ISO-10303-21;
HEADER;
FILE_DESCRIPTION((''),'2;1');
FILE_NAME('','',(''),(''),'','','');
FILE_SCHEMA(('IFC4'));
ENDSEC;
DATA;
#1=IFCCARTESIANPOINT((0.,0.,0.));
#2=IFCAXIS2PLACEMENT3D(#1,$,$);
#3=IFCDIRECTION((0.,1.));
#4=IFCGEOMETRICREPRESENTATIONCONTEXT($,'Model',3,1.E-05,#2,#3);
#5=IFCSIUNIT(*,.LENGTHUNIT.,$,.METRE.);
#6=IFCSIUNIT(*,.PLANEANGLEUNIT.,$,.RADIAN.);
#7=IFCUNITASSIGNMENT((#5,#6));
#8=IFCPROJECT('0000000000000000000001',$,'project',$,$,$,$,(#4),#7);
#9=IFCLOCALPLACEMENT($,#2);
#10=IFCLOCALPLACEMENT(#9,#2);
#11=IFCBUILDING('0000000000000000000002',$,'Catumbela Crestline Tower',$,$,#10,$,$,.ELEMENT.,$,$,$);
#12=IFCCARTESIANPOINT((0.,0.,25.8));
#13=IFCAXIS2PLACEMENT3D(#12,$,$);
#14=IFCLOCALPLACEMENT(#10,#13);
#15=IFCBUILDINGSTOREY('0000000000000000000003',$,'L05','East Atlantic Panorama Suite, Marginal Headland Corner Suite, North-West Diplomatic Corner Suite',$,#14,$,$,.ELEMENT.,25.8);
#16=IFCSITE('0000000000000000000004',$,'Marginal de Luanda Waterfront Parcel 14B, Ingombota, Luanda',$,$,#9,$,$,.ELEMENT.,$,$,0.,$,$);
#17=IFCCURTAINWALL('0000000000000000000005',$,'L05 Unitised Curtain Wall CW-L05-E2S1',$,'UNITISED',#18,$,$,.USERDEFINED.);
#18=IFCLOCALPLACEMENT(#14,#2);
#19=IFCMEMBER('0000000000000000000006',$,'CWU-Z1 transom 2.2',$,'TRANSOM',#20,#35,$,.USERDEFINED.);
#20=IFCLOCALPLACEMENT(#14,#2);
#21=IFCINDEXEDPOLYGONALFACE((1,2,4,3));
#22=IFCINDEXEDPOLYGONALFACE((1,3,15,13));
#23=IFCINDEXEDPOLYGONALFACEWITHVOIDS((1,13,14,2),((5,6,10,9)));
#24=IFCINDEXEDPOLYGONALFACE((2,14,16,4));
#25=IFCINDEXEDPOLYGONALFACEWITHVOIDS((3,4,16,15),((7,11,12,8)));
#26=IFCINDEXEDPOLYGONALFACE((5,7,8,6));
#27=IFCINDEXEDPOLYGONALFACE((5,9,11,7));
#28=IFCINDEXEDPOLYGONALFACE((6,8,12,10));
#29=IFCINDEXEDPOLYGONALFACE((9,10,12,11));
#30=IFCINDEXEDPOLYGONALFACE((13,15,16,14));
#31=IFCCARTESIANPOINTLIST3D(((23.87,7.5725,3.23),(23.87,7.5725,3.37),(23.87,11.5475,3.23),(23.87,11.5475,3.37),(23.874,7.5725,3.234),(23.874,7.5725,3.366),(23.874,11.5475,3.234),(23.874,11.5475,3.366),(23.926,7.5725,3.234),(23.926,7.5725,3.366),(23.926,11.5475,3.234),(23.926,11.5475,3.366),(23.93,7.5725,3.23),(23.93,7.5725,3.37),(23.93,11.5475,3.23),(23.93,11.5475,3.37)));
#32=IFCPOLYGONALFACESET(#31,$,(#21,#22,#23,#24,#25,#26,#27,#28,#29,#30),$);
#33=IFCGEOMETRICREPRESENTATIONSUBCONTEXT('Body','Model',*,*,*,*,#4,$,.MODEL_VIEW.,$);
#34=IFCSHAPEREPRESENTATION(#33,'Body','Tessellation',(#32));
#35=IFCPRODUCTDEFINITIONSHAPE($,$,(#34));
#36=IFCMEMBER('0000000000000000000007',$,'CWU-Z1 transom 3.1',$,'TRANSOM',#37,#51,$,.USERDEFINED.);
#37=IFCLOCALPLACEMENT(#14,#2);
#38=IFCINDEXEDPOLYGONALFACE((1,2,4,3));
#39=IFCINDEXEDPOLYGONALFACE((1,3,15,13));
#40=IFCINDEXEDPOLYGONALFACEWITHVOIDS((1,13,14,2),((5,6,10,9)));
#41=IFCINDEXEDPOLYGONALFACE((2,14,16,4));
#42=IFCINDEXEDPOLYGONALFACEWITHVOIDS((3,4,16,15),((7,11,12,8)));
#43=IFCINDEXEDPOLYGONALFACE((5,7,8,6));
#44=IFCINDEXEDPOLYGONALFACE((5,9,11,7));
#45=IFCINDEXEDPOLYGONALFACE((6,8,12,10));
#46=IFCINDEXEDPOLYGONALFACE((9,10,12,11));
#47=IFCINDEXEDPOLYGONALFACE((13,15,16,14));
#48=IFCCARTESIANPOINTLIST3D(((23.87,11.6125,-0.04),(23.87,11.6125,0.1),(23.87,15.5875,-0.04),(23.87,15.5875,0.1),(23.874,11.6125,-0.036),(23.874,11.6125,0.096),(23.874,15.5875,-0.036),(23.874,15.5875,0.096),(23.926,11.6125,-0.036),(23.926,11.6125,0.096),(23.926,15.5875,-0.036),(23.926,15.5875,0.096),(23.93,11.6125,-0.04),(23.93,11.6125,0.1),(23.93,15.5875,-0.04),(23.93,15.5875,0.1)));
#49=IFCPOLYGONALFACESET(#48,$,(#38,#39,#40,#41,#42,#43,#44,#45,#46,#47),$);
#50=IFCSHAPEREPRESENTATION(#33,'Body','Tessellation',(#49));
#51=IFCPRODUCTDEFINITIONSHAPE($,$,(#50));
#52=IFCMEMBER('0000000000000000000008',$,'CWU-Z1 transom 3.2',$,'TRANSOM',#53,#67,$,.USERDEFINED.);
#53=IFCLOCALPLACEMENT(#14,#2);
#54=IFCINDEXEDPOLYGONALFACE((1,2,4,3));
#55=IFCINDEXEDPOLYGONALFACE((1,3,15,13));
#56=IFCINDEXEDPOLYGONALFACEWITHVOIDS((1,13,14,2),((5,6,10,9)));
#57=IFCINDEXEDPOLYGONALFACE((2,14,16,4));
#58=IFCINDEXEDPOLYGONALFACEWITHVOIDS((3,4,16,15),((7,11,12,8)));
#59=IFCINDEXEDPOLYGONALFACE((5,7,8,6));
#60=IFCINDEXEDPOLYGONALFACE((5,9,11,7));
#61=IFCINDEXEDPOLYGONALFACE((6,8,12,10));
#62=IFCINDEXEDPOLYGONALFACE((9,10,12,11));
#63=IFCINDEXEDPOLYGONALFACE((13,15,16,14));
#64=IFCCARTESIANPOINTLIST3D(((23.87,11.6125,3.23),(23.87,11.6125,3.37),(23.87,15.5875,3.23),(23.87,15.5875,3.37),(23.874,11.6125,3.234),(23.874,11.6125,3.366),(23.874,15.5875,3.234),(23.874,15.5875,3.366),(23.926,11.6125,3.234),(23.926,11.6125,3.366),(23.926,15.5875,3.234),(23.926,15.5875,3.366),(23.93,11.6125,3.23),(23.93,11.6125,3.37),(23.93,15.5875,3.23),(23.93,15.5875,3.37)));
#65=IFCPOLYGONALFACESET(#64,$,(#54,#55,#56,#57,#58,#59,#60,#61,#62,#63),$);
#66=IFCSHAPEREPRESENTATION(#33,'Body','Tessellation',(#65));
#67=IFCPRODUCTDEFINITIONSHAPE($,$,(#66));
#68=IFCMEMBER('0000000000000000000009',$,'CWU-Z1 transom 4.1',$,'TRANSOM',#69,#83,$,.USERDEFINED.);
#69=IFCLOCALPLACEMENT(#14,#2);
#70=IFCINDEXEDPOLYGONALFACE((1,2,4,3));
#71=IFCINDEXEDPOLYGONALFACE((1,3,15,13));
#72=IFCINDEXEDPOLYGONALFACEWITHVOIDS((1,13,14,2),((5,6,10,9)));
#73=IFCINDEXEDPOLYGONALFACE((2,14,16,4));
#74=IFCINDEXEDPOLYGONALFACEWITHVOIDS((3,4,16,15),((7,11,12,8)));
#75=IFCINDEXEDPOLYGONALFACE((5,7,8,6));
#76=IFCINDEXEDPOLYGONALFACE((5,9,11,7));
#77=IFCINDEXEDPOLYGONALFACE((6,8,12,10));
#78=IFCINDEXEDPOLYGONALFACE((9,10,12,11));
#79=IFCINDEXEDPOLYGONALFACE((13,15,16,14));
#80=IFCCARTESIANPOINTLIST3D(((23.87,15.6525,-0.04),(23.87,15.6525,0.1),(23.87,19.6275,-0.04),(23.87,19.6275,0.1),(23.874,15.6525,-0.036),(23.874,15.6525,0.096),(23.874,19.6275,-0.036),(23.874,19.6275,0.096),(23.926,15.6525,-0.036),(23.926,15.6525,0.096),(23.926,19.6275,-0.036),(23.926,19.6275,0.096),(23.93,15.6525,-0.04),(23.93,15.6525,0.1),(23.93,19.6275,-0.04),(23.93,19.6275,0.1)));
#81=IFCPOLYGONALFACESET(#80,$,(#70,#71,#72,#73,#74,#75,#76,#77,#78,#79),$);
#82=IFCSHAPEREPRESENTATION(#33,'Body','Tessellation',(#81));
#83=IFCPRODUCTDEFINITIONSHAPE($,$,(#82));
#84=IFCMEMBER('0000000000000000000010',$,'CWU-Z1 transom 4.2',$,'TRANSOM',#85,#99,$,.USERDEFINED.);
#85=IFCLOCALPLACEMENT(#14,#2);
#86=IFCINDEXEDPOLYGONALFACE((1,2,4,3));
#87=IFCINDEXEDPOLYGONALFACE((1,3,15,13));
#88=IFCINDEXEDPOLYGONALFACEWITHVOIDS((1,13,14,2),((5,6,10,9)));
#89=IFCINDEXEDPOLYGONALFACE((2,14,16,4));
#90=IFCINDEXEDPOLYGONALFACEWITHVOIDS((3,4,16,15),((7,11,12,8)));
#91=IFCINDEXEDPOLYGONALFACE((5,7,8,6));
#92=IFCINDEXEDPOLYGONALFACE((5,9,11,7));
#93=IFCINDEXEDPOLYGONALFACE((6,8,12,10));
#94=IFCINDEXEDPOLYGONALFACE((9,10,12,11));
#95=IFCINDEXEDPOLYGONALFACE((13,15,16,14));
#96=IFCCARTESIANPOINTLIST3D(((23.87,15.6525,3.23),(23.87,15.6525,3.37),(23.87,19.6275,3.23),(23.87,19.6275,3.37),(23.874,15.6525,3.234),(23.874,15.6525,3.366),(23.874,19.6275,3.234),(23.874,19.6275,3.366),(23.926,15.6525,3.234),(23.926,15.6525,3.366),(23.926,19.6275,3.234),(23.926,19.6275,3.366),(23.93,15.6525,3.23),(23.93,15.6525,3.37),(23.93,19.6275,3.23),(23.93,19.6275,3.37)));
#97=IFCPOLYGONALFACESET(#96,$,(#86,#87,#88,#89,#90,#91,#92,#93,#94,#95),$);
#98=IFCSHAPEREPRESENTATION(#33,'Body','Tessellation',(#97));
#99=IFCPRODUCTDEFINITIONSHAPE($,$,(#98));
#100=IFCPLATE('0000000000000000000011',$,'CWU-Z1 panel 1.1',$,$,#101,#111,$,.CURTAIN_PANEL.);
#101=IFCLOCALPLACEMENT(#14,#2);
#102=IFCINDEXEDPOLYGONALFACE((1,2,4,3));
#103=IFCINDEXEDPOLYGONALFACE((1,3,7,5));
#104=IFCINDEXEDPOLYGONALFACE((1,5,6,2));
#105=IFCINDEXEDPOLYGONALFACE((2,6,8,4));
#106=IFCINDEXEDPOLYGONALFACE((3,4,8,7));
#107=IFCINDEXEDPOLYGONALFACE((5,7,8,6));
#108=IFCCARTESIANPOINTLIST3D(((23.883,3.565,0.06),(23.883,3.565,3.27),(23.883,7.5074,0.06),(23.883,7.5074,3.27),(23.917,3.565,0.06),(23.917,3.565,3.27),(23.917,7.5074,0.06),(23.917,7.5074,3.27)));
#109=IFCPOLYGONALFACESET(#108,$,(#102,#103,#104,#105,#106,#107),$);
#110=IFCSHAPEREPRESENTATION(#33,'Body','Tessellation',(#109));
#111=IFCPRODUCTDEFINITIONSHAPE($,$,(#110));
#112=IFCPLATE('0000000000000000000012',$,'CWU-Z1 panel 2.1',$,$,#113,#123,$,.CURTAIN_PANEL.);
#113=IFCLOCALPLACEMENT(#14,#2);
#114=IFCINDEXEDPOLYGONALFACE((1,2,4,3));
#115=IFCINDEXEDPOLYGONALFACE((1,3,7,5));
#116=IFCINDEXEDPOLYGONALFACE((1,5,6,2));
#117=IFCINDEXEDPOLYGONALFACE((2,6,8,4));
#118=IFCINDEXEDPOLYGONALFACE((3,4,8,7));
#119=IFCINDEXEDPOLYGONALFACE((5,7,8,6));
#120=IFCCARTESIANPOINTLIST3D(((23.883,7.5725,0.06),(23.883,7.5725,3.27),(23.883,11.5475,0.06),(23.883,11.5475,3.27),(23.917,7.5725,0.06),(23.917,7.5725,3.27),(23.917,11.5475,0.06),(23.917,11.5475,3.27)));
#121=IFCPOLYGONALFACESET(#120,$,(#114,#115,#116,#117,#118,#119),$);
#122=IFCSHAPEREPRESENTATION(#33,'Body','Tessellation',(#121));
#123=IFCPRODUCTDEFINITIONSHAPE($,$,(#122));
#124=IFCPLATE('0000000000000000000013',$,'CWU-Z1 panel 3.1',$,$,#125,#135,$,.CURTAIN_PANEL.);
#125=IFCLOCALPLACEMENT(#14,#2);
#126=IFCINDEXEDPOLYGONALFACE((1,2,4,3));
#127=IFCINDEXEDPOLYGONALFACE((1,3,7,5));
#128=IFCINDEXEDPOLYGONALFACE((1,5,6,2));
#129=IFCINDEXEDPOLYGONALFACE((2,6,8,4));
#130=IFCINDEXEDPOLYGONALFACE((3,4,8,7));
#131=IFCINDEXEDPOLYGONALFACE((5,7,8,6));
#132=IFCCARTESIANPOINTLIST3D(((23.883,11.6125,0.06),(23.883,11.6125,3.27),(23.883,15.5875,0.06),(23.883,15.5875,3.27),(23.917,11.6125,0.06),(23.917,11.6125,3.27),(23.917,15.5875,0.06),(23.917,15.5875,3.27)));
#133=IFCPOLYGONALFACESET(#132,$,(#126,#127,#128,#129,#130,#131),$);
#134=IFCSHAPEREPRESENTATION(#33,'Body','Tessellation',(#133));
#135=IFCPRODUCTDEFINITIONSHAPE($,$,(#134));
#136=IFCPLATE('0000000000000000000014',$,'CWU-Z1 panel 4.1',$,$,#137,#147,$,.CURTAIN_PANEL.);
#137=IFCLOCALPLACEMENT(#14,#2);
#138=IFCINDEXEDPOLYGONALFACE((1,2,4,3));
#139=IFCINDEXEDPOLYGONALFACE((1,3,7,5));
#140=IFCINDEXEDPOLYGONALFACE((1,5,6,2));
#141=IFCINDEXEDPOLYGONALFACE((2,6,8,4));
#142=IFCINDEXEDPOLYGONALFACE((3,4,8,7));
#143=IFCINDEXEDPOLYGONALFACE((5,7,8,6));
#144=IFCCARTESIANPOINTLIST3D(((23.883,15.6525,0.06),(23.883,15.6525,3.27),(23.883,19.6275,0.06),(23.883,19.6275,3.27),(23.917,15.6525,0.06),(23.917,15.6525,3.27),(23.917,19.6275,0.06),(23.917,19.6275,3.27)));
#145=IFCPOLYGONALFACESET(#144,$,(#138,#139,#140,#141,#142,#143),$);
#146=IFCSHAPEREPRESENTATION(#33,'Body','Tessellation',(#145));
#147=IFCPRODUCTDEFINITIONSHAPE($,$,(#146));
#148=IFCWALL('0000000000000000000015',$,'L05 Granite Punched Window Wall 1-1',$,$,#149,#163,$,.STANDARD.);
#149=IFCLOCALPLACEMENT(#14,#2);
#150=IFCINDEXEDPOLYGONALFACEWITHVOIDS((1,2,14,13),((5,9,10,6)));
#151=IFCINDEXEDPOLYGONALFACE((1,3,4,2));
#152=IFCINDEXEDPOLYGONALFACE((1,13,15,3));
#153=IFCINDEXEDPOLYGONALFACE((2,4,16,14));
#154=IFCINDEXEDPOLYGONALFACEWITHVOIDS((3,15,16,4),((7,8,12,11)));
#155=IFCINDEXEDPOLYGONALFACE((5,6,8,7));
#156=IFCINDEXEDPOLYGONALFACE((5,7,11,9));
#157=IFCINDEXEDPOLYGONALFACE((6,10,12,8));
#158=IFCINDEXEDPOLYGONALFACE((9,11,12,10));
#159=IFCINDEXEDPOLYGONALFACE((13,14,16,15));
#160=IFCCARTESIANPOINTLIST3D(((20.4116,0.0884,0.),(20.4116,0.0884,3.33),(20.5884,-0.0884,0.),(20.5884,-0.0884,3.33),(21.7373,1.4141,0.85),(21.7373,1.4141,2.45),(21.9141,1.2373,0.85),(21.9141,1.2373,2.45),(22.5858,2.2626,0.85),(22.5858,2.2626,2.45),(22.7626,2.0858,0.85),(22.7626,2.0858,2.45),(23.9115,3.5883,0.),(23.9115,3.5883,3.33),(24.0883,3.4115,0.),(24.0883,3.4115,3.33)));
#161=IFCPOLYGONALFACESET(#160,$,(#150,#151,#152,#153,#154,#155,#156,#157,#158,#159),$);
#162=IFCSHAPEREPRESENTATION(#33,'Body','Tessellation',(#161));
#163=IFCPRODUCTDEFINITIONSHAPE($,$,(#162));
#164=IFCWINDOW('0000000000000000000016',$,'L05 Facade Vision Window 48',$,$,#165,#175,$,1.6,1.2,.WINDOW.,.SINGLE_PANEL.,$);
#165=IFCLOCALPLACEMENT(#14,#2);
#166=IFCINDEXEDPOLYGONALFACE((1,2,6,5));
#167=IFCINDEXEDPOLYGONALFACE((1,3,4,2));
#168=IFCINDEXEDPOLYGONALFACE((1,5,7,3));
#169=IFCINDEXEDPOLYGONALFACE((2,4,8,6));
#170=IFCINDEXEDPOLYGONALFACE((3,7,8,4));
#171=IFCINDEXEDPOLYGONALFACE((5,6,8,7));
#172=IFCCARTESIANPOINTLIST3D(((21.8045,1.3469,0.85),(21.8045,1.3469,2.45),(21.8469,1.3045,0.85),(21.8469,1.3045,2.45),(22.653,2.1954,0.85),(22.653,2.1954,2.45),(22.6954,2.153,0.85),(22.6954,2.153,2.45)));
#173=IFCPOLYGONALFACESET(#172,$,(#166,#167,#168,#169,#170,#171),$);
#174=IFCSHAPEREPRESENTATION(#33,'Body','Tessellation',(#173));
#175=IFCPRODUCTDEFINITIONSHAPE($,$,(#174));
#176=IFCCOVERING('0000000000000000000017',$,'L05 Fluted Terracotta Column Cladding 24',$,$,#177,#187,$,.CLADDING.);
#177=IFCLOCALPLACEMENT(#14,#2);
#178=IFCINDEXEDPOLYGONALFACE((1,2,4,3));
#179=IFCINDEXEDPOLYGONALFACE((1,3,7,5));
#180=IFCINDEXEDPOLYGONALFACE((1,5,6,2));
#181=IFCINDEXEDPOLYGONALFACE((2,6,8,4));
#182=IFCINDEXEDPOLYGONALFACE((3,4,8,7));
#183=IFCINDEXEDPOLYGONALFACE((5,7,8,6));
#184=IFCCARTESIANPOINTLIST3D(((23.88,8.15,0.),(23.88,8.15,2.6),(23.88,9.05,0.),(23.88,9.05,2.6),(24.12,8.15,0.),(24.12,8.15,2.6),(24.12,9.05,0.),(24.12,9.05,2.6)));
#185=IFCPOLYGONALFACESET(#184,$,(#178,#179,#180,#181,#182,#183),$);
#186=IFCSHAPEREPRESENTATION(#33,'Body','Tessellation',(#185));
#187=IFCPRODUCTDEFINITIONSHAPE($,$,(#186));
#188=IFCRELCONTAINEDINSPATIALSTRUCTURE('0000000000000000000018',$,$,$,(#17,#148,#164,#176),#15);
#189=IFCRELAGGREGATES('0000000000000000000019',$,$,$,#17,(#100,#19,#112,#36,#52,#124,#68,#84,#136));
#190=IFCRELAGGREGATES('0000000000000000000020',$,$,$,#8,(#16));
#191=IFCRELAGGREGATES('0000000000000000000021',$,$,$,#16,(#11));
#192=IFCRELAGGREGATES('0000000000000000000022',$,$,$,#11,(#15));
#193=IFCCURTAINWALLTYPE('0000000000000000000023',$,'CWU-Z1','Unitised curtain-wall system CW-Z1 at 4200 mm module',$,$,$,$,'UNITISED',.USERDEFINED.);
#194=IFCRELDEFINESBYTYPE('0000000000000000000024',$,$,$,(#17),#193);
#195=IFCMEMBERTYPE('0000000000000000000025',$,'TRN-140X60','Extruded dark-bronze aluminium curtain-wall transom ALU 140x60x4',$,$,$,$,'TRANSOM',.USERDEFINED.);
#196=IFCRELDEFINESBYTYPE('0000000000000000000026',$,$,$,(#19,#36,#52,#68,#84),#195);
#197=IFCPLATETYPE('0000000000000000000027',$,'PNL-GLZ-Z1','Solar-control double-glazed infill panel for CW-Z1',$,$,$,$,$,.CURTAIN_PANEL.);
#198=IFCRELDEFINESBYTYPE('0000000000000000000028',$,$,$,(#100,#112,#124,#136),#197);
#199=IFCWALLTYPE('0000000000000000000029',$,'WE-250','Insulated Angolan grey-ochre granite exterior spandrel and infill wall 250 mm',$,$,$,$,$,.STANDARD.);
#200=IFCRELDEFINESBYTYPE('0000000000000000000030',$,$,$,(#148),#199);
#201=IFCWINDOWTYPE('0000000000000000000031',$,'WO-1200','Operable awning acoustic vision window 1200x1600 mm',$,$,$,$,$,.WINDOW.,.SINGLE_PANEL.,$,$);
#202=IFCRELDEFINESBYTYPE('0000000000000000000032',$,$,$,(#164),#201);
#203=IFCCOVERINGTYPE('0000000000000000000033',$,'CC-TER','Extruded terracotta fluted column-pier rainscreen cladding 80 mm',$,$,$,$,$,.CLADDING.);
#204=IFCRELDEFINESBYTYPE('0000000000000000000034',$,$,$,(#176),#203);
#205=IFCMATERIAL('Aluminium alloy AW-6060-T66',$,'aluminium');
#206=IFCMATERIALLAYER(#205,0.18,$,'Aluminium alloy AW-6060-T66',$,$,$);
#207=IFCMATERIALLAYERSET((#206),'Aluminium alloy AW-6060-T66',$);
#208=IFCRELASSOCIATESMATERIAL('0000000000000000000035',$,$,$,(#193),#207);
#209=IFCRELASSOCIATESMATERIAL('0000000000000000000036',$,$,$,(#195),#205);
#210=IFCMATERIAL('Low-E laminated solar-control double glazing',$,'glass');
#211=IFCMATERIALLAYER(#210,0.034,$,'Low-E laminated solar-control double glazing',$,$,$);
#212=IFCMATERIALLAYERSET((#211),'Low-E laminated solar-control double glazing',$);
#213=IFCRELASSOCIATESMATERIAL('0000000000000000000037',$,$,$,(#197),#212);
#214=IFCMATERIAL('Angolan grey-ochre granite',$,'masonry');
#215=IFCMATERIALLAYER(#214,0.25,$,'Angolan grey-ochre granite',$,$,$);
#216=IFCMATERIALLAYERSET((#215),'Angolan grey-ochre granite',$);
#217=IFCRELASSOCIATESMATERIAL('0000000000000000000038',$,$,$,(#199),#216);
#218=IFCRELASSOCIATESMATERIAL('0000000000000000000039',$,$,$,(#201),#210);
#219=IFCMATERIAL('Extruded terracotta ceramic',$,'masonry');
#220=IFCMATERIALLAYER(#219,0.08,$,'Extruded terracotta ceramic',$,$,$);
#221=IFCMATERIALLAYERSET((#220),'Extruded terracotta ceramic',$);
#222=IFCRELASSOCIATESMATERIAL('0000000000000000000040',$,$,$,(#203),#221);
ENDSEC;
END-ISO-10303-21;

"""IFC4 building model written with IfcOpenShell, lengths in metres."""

from ifc_helpers import new_model, si_unit, direction, frame, frame_2d, origin, origin_2d, place, context, subcontext, project, spatial, rectangle, hollow_rectangle, extrude, material, layer, layer_set, material_profile, profile_set, type_object, element, fill, aggregate, save


model = new_model("IFC4")

# Units and contexts
model_context = context("Model", 3, precision=1e-05, world=origin(), true_north=direction((0.0, 1.0)))
body_context = subcontext(model_context, "Body", "Model", "MODEL_VIEW")
ifc_project = project(units=[si_unit("LENGTHUNIT", "METRE"), si_unit("PLANEANGLEUNIT", "RADIAN")], contexts=[model_context])

# Site, building, storey
site_placement = place(None, origin())
site = spatial("IfcSite", under=ifc_project, at=site_placement, Name="Marginal de Luanda Waterfront Parcel 14B, Ingombota, Luanda", CompositionType="ELEMENT", RefElevation=0.0)
building_placement = place(site_placement, origin())
building = spatial("IfcBuilding", under=site, at=building_placement, Name="Catumbela Crestline Tower", CompositionType="ELEMENT")
storey_placement = place(building_placement, frame((0.0, 0.0, 25.8)))
storey = spatial("IfcBuildingStorey", under=building, at=storey_placement, Name="L05", Description="East Atlantic Panorama Suite, Marginal Headland Corner Suite, North-West Diplomatic Corner Suite", CompositionType="ELEMENT", Elevation=25.8)

# Shared definitions
ifc_material_1 = material(Name="Aluminium alloy AW-6060-T66", Category="aluminium")
ifc_layer_1 = layer(ifc_material_1, 0.18, Name="Aluminium alloy AW-6060-T66")
ifc_layer_set_1 = layer_set([ifc_layer_1], Name="Aluminium alloy AW-6060-T66")
curtain_wall_type = type_object("IfcCurtainWallType", Name="CWU-Z1", Description="Unitised curtain-wall system CW-Z1 at 4200 mm module", ElementType="UNITISED", PredefinedType="USERDEFINED", material=ifc_layer_set_1)

# Curtain wall
curtain_wall_1_placement = place(storey_placement, origin())
curtain_wall_1 = element("IfcCurtainWall", 1, at=curtain_wall_1_placement, inside=storey, type_object=curtain_wall_type, Name="L05 Unitised Curtain Wall CW-L05-E2S1", ObjectType="UNITISED", PredefinedType="USERDEFINED")

# Members
ifc_material_profile_1 = material_profile(ifc_material_1, hollow_rectangle(XDim=0.06, YDim=0.14, WallThickness=0.004, at=origin_2d()), Name="ALU 140x60x4")
ifc_profile_set_1 = profile_set([ifc_material_profile_1], Name="Aluminium alloy AW-6060-T66")
member_type_1 = type_object("IfcMemberType", Name="TRN-140X60", Description="Extruded dark-bronze aluminium curtain-wall transom ALU 140x60x4", ElementType="TRANSOM", PredefinedType="USERDEFINED", material=ifc_profile_set_1)
member_1_placement = place(storey_placement, frame((23.9, 7.5725, 3.3), z_axis=(0.0, 1.0, 0.0), x_axis=(-1.0, 0.0, 0.0)))
member_1 = element("IfcMember", 2, at=member_1_placement, type_object=member_type_1, Name="CWU-Z1 transom 2.2", ObjectType="TRANSOM", PredefinedType="USERDEFINED", context=body_context, shape_type="SweptSolid", body=[
    extrude(hollow_rectangle(XDim=0.06, YDim=0.14, WallThickness=0.004, at=origin_2d()), origin(), (0.0, 0.0, 1.0), 3.975),
])
member_2_placement = place(storey_placement, frame((23.9, 11.6125, 0.03), z_axis=(0.0, 1.0, 0.0), x_axis=(-1.0, 0.0, 0.0)))
member_2 = element("IfcMember", 3, at=member_2_placement, type_object=member_type_1, Name="CWU-Z1 transom 3.1", ObjectType="TRANSOM", PredefinedType="USERDEFINED", context=body_context, shape_type="SweptSolid", body=[
    extrude(hollow_rectangle(XDim=0.06, YDim=0.14, WallThickness=0.004, at=origin_2d()), origin(), (0.0, 0.0, 1.0), 3.975),
])
member_3_placement = place(storey_placement, frame((23.9, 11.6125, 3.3), z_axis=(0.0, 1.0, 0.0), x_axis=(-1.0, 0.0, 0.0)))
member_3 = element("IfcMember", 4, at=member_3_placement, type_object=member_type_1, Name="CWU-Z1 transom 3.2", ObjectType="TRANSOM", PredefinedType="USERDEFINED", context=body_context, shape_type="SweptSolid", body=[
    extrude(hollow_rectangle(XDim=0.06, YDim=0.14, WallThickness=0.004, at=origin_2d()), origin(), (0.0, 0.0, 1.0), 3.975),
])
member_4_placement = place(storey_placement, frame((23.9, 15.6525, 0.03), z_axis=(0.0, 1.0, 0.0), x_axis=(-1.0, 0.0, 0.0)))
member_4 = element("IfcMember", 5, at=member_4_placement, type_object=member_type_1, Name="CWU-Z1 transom 4.1", ObjectType="TRANSOM", PredefinedType="USERDEFINED", context=body_context, shape_type="SweptSolid", body=[
    extrude(hollow_rectangle(XDim=0.06, YDim=0.14, WallThickness=0.004, at=origin_2d()), origin(), (0.0, 0.0, 1.0), 3.975),
])
member_5_placement = place(storey_placement, frame((23.9, 15.6525, 3.3), z_axis=(0.0, 1.0, 0.0), x_axis=(-1.0, 0.0, 0.0)))
member_5 = element("IfcMember", 6, at=member_5_placement, type_object=member_type_1, Name="CWU-Z1 transom 4.2", ObjectType="TRANSOM", PredefinedType="USERDEFINED", context=body_context, shape_type="SweptSolid", body=[
    extrude(hollow_rectangle(XDim=0.06, YDim=0.14, WallThickness=0.004, at=origin_2d()), origin(), (0.0, 0.0, 1.0), 3.975),
])

# Plates
ifc_material_2 = material(Name="Low-E laminated solar-control double glazing", Category="glass")
ifc_layer_2 = layer(ifc_material_2, 0.034, Name="Low-E laminated solar-control double glazing")
ifc_layer_set_2 = layer_set([ifc_layer_2], Name="Low-E laminated solar-control double glazing")
plate_type = type_object("IfcPlateType", Name="PNL-GLZ-Z1", Description="Solar-control double-glazed infill panel for CW-Z1", PredefinedType="CURTAIN_PANEL", material=ifc_layer_set_2)
plate_1_placement = place(storey_placement, frame((23.9, 5.5362, 0.06), z_axis=(0.0, 0.0, 1.0), x_axis=(0.0, 1.0, 0.0)))
plate_1 = element("IfcPlate", 7, at=plate_1_placement, type_object=plate_type, Name="CWU-Z1 panel 1.1", PredefinedType="CURTAIN_PANEL", context=body_context, shape_type="SweptSolid", body=[
    extrude(rectangle(XDim=3.9425, YDim=0.034, at=origin_2d()), origin(), (0.0, 0.0, 1.0), 3.21),
])
plate_2_placement = place(storey_placement, frame((23.9, 9.56, 0.06), z_axis=(0.0, 0.0, 1.0), x_axis=(0.0, 1.0, 0.0)))
plate_2 = element("IfcPlate", 8, at=plate_2_placement, type_object=plate_type, Name="CWU-Z1 panel 2.1", PredefinedType="CURTAIN_PANEL", context=body_context, shape_type="SweptSolid", body=[
    extrude(rectangle(XDim=3.975, YDim=0.034, at=origin_2d()), origin(), (0.0, 0.0, 1.0), 3.21),
])
plate_3_placement = place(storey_placement, frame((23.9, 13.6, 0.06), z_axis=(0.0, 0.0, 1.0), x_axis=(0.0, 1.0, 0.0)))
plate_3 = element("IfcPlate", 9, at=plate_3_placement, type_object=plate_type, Name="CWU-Z1 panel 3.1", PredefinedType="CURTAIN_PANEL", context=body_context, shape_type="SweptSolid", body=[
    extrude(rectangle(XDim=3.975, YDim=0.034, at=origin_2d()), origin(), (0.0, 0.0, 1.0), 3.21),
])
plate_4_placement = place(storey_placement, frame((23.9, 17.64, 0.06), z_axis=(0.0, 0.0, 1.0), x_axis=(0.0, 1.0, 0.0)))
plate_4 = element("IfcPlate", 10, at=plate_4_placement, type_object=plate_type, Name="CWU-Z1 panel 4.1", PredefinedType="CURTAIN_PANEL", context=body_context, shape_type="SweptSolid", body=[
    extrude(rectangle(XDim=3.975, YDim=0.034, at=origin_2d()), origin(), (0.0, 0.0, 1.0), 3.21),
])
aggregate(curtain_wall_1, [plate_1, member_1, plate_2, member_2, member_3, plate_3, member_4, member_5, plate_4])

# Wall, opening, window
ifc_material_3 = material(Name="Angolan grey-ochre granite", Category="masonry")
ifc_layer_3 = layer(ifc_material_3, 0.25, Name="Angolan grey-ochre granite")
ifc_layer_set_3 = layer_set([ifc_layer_3], Name="Angolan grey-ochre granite")
wall_type = type_object("IfcWallType", Name="WE-250", Description="Insulated Angolan grey-ochre granite exterior spandrel and infill wall 250 mm", PredefinedType="STANDARD", material=ifc_layer_set_3)
wall_placement = place(storey_placement, frame((20.5, 0.0, 0.0), z_axis=(0.0, 0.0, 1.0), x_axis=(0.707107, 0.707107, 0.0)))
wall = element("IfcWall", 11, at=wall_placement, inside=storey, type_object=wall_type, Name="L05 Granite Punched Window Wall 1-1", PredefinedType="STANDARD", context=body_context, shape_type="SweptSolid", body=[
    extrude(rectangle(XDim=4.9497, YDim=0.25, at=frame_2d((2.4748, 0.0))), origin(), (0.0, 0.0, 1.0), 3.33),
])
opening_placement = place(wall_placement, frame((1.8748, 0.0, 0.85)))
opening = element("IfcOpeningElement", 12, at=opening_placement, cuts=wall, PredefinedType="OPENING", context=body_context, shape_type="SweptSolid", body=[
    extrude(rectangle(XDim=1.2, YDim=1.6, at=frame_2d((0.6, 0.8))), frame((0.0, 0.135, 0.0), z_axis=(0.0, -1.0, 0.0), x_axis=(1.0, 0.0, 0.0)), (0.0, 0.0, 1.0), 0.27),
])
window_type = type_object("IfcWindowType", Name="WO-1200", Description="Operable awning acoustic vision window 1200x1600 mm", PartitioningType="SINGLE_PANEL", PredefinedType="WINDOW", material=ifc_material_2)
window_placement = place(opening_placement, origin())
window = element("IfcWindow", 13, at=window_placement, inside=storey, type_object=window_type, Name="L05 Facade Vision Window 48", OverallHeight=1.6, OverallWidth=1.2, PartitioningType="SINGLE_PANEL", PredefinedType="WINDOW", context=body_context, shape_type="SweptSolid", body=[
    extrude(rectangle(XDim=1.2, YDim=1.6, at=frame_2d((0.6, 0.8))), frame((0.0, 0.03, 0.0), z_axis=(0.0, -1.0, 0.0), x_axis=(1.0, 0.0, 0.0)), (0.0, 0.0, 1.0), 0.06),
])
fill(opening, window)

# Covering
ifc_material_4 = material(Name="Extruded terracotta ceramic", Category="masonry")
ifc_layer_4 = layer(ifc_material_4, 0.08, Name="Extruded terracotta ceramic")
ifc_layer_set_4 = layer_set([ifc_layer_4], Name="Extruded terracotta ceramic")
covering_type = type_object("IfcCoveringType", Name="CC-TER", Description="Extruded terracotta fluted column-pier rainscreen cladding 80 mm", PredefinedType="CLADDING", material=ifc_layer_set_4)
for number, where, z_axis, x_axis, name in (
    (14, (24.0, 8.6, 0.0), (0.0, 0.0, 1.0), (0.0, 1.0, 0.0), "L05 Fluted Terracotta Column Cladding 24"),
):
    element("IfcCovering", number, at=place(storey_placement, frame(where, z_axis=z_axis, x_axis=x_axis)), inside=storey, type_object=covering_type, Name=name, PredefinedType="CLADDING", context=body_context, shape_type="SweptSolid", body=[
        extrude(rectangle(XDim=0.9, YDim=0.24, at=origin_2d()), origin(), (0.0, 0.0, 1.0), 2.6),
    ])

save(model, "model.ifc")
